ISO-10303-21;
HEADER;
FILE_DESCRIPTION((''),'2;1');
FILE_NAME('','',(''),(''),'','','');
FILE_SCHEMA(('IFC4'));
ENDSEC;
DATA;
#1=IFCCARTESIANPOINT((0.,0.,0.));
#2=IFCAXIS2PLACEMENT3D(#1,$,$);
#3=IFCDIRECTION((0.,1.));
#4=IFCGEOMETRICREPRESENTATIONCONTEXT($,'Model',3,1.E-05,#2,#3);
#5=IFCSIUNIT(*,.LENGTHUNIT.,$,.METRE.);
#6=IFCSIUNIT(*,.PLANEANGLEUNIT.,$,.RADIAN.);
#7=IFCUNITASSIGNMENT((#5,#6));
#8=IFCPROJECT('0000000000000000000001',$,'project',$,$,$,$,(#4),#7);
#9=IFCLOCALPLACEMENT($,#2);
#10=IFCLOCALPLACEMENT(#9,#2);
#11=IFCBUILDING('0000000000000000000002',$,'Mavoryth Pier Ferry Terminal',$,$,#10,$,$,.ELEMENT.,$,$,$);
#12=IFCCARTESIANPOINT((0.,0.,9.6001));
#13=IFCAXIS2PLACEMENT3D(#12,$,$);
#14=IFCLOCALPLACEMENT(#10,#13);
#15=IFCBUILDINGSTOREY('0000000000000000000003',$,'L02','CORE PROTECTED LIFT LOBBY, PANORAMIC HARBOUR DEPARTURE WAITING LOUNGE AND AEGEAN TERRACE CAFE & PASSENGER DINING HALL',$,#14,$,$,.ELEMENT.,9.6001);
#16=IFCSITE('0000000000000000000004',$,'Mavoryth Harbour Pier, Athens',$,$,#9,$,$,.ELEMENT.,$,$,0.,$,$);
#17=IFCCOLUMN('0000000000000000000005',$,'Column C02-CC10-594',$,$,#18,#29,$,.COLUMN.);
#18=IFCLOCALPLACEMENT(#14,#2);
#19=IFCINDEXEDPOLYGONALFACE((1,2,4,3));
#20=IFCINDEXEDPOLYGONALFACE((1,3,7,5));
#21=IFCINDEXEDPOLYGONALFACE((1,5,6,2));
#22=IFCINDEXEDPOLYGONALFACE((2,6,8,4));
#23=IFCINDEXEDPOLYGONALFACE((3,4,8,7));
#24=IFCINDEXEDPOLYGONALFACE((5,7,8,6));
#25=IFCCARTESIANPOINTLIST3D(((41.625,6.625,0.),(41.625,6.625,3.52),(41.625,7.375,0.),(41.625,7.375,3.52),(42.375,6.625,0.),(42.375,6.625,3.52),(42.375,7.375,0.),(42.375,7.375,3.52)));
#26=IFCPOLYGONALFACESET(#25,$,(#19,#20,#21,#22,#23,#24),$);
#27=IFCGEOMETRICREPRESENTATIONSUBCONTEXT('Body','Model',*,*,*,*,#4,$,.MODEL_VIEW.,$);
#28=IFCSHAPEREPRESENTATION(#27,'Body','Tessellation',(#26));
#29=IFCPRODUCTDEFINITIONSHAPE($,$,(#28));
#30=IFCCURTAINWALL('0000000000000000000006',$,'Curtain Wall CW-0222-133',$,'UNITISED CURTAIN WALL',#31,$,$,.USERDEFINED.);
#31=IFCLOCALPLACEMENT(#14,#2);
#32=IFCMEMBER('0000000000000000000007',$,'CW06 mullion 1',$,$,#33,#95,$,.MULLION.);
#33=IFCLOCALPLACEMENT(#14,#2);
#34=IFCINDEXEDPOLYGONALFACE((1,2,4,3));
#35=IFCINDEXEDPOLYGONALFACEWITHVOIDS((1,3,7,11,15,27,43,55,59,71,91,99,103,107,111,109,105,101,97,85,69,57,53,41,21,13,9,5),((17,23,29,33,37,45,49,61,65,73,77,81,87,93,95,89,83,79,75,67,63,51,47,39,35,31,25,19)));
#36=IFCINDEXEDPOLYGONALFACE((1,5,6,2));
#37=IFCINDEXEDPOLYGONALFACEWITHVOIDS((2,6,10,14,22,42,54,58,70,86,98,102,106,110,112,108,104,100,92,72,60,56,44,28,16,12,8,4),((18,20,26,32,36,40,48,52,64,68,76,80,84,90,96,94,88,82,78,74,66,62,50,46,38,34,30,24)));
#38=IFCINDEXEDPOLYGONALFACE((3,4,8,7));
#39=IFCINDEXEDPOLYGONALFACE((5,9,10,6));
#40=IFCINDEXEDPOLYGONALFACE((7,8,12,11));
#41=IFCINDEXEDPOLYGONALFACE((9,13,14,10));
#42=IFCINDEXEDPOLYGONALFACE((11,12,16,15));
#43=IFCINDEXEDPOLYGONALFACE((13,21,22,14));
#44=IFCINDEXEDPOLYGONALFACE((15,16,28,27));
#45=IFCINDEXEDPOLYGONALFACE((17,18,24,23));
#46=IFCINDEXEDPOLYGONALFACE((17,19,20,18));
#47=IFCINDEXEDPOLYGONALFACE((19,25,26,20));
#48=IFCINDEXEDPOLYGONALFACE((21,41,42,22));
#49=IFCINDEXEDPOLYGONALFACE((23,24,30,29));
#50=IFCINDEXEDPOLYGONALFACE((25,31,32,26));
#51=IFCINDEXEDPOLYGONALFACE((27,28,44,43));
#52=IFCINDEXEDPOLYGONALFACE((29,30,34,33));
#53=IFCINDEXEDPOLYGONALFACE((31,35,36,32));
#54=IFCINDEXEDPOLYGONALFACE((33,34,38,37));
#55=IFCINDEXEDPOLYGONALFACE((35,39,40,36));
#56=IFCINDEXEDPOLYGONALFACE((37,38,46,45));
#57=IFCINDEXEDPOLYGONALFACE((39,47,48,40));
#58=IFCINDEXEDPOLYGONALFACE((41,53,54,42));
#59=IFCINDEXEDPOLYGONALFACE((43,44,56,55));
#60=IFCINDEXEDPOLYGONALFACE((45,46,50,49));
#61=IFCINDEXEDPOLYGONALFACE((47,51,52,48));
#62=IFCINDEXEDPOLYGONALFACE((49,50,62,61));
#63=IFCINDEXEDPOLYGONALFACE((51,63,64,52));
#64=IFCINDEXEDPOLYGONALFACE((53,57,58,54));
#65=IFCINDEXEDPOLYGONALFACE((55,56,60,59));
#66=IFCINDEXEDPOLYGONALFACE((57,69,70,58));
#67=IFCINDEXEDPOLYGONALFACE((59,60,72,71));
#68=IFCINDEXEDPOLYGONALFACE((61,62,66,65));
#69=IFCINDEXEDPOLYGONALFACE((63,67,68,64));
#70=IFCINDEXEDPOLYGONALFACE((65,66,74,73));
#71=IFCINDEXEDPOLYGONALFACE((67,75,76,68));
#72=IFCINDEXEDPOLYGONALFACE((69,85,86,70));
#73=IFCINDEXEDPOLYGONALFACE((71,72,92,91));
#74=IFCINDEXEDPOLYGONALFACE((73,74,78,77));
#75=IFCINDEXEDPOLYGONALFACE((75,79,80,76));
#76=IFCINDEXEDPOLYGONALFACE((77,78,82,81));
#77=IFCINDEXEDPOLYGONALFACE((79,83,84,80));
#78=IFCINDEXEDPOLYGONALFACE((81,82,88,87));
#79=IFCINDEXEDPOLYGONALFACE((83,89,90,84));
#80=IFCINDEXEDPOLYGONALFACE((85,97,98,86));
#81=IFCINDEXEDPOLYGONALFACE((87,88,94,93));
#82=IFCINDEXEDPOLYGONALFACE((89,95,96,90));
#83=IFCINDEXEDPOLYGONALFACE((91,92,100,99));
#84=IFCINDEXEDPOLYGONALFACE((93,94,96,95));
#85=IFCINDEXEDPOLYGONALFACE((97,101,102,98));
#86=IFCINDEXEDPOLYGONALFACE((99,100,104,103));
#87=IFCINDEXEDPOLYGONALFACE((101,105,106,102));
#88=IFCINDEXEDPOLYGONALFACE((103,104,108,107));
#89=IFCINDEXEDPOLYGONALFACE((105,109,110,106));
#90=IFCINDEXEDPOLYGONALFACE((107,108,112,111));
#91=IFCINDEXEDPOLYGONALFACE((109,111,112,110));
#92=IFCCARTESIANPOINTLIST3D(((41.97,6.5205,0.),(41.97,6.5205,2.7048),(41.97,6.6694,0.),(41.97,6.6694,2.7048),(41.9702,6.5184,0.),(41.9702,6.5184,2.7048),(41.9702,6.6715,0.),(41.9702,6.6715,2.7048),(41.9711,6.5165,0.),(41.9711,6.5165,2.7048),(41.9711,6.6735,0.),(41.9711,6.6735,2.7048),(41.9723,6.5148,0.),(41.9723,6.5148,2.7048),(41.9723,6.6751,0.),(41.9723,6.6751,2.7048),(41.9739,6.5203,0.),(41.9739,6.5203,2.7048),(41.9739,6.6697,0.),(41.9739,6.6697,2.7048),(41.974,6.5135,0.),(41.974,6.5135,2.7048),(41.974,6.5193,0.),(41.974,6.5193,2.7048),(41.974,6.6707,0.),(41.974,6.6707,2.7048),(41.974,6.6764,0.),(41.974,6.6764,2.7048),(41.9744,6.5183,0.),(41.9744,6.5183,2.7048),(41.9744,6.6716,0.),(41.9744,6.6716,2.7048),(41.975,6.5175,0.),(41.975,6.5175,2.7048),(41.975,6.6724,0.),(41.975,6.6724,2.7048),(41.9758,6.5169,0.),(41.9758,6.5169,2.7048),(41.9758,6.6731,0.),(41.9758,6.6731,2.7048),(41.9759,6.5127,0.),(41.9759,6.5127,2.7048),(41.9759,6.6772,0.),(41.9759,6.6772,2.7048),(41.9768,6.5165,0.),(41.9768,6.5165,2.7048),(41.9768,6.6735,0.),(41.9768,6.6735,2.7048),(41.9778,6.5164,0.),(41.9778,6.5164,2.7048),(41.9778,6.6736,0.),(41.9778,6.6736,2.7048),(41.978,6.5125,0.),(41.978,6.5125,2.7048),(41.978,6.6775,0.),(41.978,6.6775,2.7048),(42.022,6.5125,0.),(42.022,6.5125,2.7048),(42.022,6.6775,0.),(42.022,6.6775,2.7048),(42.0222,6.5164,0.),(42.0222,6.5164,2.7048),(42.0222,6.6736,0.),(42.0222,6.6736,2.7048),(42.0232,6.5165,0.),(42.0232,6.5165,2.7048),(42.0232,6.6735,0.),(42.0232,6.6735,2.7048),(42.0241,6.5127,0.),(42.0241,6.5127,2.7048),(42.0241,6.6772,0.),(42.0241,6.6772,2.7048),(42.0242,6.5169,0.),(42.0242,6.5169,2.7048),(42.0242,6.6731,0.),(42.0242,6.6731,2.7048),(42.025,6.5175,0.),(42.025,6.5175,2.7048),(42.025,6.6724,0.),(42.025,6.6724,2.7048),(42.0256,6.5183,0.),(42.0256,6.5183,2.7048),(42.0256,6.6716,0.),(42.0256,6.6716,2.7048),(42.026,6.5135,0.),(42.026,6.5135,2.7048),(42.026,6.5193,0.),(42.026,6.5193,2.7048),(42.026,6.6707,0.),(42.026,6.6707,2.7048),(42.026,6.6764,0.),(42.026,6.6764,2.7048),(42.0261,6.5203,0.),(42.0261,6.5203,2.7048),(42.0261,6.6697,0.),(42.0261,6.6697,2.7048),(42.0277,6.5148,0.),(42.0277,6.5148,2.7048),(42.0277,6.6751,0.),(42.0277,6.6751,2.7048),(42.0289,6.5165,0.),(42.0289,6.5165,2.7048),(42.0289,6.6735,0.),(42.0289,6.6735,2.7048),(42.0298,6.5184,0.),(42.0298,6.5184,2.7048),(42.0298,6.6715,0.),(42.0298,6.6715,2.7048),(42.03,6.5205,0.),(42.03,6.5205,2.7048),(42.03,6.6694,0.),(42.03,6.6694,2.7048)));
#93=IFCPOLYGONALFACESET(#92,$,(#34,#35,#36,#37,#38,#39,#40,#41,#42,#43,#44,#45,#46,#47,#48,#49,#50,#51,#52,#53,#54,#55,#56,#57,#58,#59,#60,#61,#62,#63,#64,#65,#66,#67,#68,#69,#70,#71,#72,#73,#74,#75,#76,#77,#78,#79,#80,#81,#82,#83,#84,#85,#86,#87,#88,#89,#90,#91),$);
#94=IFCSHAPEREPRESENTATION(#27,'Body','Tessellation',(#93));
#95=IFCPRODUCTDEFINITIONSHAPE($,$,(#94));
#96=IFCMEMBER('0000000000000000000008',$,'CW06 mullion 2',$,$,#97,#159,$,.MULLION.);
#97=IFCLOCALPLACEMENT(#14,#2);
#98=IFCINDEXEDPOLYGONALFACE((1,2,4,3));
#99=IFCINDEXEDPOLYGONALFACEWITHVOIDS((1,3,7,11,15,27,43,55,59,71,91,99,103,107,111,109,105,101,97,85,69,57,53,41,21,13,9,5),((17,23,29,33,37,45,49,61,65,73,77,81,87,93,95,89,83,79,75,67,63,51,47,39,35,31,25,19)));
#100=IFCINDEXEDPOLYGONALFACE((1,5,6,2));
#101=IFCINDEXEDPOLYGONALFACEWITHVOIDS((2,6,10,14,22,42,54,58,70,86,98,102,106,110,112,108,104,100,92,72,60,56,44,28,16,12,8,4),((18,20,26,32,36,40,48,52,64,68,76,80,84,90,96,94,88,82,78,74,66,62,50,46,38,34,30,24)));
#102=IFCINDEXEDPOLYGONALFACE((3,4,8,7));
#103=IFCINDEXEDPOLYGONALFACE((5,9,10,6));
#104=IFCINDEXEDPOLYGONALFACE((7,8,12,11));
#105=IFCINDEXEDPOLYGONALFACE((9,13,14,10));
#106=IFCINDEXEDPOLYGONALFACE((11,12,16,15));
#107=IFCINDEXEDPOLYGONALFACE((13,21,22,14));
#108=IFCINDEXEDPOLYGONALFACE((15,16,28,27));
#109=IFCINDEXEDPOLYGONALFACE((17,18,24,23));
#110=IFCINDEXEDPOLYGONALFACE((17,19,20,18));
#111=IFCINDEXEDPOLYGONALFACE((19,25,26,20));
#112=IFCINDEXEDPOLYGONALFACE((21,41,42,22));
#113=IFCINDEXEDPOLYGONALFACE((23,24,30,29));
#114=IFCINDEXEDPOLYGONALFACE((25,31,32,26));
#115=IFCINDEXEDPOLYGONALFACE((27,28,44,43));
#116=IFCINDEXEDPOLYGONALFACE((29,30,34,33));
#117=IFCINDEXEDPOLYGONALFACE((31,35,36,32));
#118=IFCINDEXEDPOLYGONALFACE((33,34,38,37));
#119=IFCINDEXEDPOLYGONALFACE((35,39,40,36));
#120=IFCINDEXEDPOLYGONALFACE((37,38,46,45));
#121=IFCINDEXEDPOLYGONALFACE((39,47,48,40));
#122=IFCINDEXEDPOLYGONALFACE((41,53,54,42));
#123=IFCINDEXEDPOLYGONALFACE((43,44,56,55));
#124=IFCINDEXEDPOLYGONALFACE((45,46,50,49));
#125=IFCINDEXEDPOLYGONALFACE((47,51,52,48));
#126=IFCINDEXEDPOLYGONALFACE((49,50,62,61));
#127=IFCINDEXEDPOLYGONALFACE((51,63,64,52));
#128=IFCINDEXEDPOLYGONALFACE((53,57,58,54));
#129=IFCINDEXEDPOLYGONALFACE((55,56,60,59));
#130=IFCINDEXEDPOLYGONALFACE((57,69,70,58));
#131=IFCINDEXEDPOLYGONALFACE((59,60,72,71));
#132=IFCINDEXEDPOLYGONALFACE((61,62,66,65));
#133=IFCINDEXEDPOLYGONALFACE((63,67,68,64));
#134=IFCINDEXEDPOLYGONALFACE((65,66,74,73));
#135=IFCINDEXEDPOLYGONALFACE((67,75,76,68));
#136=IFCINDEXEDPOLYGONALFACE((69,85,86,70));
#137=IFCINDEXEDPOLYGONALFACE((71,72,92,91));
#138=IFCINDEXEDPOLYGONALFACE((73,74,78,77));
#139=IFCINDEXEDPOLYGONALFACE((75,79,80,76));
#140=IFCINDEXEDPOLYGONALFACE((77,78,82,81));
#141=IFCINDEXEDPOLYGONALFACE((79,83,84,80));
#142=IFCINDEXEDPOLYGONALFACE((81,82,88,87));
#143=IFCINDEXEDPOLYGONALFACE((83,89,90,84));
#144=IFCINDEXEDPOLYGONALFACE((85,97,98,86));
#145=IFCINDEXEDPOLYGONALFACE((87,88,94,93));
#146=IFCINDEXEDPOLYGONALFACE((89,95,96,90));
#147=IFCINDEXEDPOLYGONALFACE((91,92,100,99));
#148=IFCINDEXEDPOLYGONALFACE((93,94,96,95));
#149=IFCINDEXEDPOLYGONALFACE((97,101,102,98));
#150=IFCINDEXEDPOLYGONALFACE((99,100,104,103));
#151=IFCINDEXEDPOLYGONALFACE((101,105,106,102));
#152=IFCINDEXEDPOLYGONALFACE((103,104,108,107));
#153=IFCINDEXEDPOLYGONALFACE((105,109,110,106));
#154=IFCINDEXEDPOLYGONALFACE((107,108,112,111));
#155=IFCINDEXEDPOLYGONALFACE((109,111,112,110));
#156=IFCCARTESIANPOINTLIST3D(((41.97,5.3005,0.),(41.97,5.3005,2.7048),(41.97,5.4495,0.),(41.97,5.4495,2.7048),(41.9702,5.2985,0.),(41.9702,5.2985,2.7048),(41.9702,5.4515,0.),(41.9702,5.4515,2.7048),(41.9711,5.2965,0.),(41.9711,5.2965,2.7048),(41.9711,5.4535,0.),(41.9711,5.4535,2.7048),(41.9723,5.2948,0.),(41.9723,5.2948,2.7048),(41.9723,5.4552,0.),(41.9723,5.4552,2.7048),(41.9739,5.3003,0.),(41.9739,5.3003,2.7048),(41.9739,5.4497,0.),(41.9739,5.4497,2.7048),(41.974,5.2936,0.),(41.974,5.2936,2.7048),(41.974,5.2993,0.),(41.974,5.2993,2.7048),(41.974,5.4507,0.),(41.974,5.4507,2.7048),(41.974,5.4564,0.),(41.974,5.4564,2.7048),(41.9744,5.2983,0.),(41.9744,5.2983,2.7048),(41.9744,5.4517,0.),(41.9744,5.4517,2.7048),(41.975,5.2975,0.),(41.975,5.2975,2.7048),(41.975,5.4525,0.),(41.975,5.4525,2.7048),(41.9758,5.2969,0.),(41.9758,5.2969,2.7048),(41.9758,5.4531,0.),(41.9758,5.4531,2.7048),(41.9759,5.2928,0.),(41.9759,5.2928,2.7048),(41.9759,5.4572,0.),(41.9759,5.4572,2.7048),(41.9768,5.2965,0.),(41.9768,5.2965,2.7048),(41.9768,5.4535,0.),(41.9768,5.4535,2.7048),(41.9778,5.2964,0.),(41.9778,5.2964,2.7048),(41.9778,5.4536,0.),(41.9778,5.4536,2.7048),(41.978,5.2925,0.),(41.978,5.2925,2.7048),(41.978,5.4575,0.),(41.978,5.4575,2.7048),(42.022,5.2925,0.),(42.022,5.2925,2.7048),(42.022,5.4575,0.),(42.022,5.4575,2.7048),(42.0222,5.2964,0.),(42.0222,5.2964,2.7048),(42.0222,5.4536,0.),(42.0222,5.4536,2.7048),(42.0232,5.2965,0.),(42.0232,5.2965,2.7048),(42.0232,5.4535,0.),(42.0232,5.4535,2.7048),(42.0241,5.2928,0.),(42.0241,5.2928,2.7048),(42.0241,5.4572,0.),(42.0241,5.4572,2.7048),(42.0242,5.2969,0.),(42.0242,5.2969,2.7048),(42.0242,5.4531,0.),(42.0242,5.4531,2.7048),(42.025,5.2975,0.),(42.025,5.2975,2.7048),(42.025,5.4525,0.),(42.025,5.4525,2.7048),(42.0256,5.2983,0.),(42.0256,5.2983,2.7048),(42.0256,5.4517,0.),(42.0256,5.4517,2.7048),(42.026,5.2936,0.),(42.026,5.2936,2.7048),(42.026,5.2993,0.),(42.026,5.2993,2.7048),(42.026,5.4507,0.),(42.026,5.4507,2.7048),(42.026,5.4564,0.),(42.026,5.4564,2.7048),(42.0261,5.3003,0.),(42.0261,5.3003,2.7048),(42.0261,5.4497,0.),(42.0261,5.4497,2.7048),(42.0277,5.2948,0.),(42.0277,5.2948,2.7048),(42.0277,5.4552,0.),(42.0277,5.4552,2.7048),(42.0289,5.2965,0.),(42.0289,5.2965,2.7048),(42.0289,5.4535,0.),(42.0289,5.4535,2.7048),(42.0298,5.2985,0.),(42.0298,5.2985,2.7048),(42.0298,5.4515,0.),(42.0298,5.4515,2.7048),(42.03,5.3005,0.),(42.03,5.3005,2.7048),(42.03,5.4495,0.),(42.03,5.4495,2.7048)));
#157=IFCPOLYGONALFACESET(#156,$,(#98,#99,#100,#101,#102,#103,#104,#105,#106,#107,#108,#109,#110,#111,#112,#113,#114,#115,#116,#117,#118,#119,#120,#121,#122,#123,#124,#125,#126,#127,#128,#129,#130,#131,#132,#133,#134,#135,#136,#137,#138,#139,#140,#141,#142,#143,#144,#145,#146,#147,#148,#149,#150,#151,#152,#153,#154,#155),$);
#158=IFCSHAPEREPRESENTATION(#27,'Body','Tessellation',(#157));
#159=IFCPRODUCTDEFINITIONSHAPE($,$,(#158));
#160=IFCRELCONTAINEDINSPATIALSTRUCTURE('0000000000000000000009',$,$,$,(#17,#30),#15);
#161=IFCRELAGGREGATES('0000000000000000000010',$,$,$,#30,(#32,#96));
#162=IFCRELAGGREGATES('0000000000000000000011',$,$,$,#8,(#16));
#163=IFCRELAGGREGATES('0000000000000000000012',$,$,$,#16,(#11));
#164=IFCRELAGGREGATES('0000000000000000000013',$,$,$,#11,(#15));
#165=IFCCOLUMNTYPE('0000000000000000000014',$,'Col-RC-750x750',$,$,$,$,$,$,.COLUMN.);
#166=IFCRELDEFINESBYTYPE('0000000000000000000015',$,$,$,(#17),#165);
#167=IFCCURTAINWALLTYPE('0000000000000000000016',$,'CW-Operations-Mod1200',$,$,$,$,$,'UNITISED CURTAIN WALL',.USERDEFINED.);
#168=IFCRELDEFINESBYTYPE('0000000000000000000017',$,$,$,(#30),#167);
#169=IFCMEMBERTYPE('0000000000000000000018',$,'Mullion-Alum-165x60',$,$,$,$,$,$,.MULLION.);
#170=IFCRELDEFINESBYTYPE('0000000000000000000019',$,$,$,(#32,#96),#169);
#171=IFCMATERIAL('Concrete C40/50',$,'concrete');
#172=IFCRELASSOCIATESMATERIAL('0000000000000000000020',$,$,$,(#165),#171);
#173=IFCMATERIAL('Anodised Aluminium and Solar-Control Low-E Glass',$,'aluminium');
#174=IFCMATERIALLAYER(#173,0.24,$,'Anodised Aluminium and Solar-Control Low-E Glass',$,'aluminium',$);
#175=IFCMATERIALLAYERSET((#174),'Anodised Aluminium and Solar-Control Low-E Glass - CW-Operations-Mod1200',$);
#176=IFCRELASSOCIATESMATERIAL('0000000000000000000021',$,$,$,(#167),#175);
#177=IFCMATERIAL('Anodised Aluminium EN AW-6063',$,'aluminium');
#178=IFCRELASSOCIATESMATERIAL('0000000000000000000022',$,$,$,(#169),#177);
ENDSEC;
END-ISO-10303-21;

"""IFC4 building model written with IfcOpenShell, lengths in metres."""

from ifc_helpers import new_model, si_unit, direction, frame, origin, origin_2d, place, context, subcontext, project, spatial, rectangle, hollow_rectangle, extrude, material, layer, layer_set, material_profile, profile_set, type_object, element, aggregate, save


model = new_model("IFC4")

# Units and contexts
model_context = context("Model", 3, precision=1e-05, world=origin(), true_north=direction((0.0, 1.0)))
body_context = subcontext(model_context, "Body", "Model", "MODEL_VIEW")
ifc_project = project(units=[si_unit("LENGTHUNIT", "METRE"), si_unit("PLANEANGLEUNIT", "RADIAN")], contexts=[model_context])

# Site, building, storey
site_placement = place(None, origin())
site = spatial("IfcSite", under=ifc_project, at=site_placement, Name="Mavoryth Harbour Pier, Athens", CompositionType="ELEMENT", RefElevation=0.0)
building_placement = place(site_placement, origin())
building = spatial("IfcBuilding", under=site, at=building_placement, Name="Mavoryth Pier Ferry Terminal", CompositionType="ELEMENT")
storey_placement = place(building_placement, frame((0.0, 0.0, 9.6001)))
storey = spatial("IfcBuildingStorey", under=building, at=storey_placement, Name="L02", Description="CORE PROTECTED LIFT LOBBY, PANORAMIC HARBOUR DEPARTURE WAITING LOUNGE AND AEGEAN TERRACE CAFE & PASSENGER DINING HALL", CompositionType="ELEMENT", Elevation=9.6001)

# Column
ifc_material_1 = material(Name="Concrete C40/50", Category="concrete")
ifc_material_profile_1 = material_profile(ifc_material_1, rectangle(XDim=0.75, YDim=0.75, at=origin_2d()), Name="RC 750x750", Category="concrete")
ifc_profile_set_1 = profile_set([ifc_material_profile_1], Name="Concrete C40/50 - RC 750x750")
column_type = type_object("IfcColumnType", Name="Col-RC-750x750", PredefinedType="COLUMN", material=ifc_profile_set_1)
column_placement = place(storey_placement, frame((42.0, 7.0, 0.0), z_axis=(0.0, 0.0, 1.0), x_axis=(1.0, 0.0, 0.0)))
element("IfcColumn", 1, at=column_placement, inside=storey, type_object=column_type, Name="Column C02-CC10-594", PredefinedType="COLUMN", context=body_context, shape_type="SweptSolid", body=[
    extrude(rectangle(XDim=0.75, YDim=0.75, at=origin_2d()), origin(), (0.0, 0.0, 1.0), 3.52),
])

# Curtain wall, members
ifc_material_2 = material(Name="Anodised Aluminium and Solar-Control Low-E Glass", Category="aluminium")
ifc_layer_1 = layer(ifc_material_2, 0.24, Name="Anodised Aluminium and Solar-Control Low-E Glass", Category="aluminium")
ifc_layer_set_1 = layer_set([ifc_layer_1], Name="Anodised Aluminium and Solar-Control Low-E Glass - CW-Operations-Mod1200")
curtain_wall_type = type_object("IfcCurtainWallType", Name="CW-Operations-Mod1200", ElementType="UNITISED CURTAIN WALL", PredefinedType="USERDEFINED", material=ifc_layer_set_1)
curtain_wall_1_placement = place(storey_placement, origin())
curtain_wall_1 = element("IfcCurtainWall", 2, at=curtain_wall_1_placement, inside=storey, type_object=curtain_wall_type, Name="Curtain Wall CW-0222-133", ObjectType="UNITISED CURTAIN WALL", PredefinedType="USERDEFINED")
ifc_material_3 = material(Name="Anodised Aluminium EN AW-6063", Category="aluminium")
ifc_material_profile_2 = material_profile(ifc_material_3, hollow_rectangle(XDim=0.0601, YDim=0.165, WallThickness=0.0039, InnerFilletRadius=0.0039, OuterFilletRadius=0.0081, at=origin_2d()), Name="AL-MULL 165x60x4", Category="aluminium")
ifc_profile_set_2 = profile_set([ifc_material_profile_2], Name="Anodised Aluminium EN AW-6063 - AL-MULL 165x60x4")
member_type_1 = type_object("IfcMemberType", Name="Mullion-Alum-165x60", PredefinedType="MULLION", material=ifc_profile_set_2)
member_1_placement = place(storey_placement, frame((42.0, 6.595, 0.0), z_axis=(0.0, 0.0, 1.0), x_axis=(1.0, 0.0, 0.0)))
member_1 = element("IfcMember", 3, at=member_1_placement, type_object=member_type_1, Name="CW06 mullion 1", PredefinedType="MULLION", context=body_context, shape_type="SweptSolid", body=[
    extrude(hollow_rectangle(XDim=0.0601, YDim=0.165, WallThickness=0.0039, InnerFilletRadius=0.0039, OuterFilletRadius=0.0081, at=origin_2d()), origin(), (0.0, 0.0, 1.0), 2.7048),
])
member_2_placement = place(storey_placement, frame((42.0, 5.375, 0.0), z_axis=(0.0, 0.0, 1.0), x_axis=(1.0, 0.0, 0.0)))
member_2 = element("IfcMember", 4, at=member_2_placement, type_object=member_type_1, Name="CW06 mullion 2", PredefinedType="MULLION", context=body_context, shape_type="SweptSolid", body=[
    extrude(hollow_rectangle(XDim=0.0601, YDim=0.165, WallThickness=0.0039, InnerFilletRadius=0.0039, OuterFilletRadius=0.0081, at=origin_2d()), origin(), (0.0, 0.0, 1.0), 2.7048),
])

aggregate(curtain_wall_1, [member_1, member_2])

save(model, "model.ifc")
